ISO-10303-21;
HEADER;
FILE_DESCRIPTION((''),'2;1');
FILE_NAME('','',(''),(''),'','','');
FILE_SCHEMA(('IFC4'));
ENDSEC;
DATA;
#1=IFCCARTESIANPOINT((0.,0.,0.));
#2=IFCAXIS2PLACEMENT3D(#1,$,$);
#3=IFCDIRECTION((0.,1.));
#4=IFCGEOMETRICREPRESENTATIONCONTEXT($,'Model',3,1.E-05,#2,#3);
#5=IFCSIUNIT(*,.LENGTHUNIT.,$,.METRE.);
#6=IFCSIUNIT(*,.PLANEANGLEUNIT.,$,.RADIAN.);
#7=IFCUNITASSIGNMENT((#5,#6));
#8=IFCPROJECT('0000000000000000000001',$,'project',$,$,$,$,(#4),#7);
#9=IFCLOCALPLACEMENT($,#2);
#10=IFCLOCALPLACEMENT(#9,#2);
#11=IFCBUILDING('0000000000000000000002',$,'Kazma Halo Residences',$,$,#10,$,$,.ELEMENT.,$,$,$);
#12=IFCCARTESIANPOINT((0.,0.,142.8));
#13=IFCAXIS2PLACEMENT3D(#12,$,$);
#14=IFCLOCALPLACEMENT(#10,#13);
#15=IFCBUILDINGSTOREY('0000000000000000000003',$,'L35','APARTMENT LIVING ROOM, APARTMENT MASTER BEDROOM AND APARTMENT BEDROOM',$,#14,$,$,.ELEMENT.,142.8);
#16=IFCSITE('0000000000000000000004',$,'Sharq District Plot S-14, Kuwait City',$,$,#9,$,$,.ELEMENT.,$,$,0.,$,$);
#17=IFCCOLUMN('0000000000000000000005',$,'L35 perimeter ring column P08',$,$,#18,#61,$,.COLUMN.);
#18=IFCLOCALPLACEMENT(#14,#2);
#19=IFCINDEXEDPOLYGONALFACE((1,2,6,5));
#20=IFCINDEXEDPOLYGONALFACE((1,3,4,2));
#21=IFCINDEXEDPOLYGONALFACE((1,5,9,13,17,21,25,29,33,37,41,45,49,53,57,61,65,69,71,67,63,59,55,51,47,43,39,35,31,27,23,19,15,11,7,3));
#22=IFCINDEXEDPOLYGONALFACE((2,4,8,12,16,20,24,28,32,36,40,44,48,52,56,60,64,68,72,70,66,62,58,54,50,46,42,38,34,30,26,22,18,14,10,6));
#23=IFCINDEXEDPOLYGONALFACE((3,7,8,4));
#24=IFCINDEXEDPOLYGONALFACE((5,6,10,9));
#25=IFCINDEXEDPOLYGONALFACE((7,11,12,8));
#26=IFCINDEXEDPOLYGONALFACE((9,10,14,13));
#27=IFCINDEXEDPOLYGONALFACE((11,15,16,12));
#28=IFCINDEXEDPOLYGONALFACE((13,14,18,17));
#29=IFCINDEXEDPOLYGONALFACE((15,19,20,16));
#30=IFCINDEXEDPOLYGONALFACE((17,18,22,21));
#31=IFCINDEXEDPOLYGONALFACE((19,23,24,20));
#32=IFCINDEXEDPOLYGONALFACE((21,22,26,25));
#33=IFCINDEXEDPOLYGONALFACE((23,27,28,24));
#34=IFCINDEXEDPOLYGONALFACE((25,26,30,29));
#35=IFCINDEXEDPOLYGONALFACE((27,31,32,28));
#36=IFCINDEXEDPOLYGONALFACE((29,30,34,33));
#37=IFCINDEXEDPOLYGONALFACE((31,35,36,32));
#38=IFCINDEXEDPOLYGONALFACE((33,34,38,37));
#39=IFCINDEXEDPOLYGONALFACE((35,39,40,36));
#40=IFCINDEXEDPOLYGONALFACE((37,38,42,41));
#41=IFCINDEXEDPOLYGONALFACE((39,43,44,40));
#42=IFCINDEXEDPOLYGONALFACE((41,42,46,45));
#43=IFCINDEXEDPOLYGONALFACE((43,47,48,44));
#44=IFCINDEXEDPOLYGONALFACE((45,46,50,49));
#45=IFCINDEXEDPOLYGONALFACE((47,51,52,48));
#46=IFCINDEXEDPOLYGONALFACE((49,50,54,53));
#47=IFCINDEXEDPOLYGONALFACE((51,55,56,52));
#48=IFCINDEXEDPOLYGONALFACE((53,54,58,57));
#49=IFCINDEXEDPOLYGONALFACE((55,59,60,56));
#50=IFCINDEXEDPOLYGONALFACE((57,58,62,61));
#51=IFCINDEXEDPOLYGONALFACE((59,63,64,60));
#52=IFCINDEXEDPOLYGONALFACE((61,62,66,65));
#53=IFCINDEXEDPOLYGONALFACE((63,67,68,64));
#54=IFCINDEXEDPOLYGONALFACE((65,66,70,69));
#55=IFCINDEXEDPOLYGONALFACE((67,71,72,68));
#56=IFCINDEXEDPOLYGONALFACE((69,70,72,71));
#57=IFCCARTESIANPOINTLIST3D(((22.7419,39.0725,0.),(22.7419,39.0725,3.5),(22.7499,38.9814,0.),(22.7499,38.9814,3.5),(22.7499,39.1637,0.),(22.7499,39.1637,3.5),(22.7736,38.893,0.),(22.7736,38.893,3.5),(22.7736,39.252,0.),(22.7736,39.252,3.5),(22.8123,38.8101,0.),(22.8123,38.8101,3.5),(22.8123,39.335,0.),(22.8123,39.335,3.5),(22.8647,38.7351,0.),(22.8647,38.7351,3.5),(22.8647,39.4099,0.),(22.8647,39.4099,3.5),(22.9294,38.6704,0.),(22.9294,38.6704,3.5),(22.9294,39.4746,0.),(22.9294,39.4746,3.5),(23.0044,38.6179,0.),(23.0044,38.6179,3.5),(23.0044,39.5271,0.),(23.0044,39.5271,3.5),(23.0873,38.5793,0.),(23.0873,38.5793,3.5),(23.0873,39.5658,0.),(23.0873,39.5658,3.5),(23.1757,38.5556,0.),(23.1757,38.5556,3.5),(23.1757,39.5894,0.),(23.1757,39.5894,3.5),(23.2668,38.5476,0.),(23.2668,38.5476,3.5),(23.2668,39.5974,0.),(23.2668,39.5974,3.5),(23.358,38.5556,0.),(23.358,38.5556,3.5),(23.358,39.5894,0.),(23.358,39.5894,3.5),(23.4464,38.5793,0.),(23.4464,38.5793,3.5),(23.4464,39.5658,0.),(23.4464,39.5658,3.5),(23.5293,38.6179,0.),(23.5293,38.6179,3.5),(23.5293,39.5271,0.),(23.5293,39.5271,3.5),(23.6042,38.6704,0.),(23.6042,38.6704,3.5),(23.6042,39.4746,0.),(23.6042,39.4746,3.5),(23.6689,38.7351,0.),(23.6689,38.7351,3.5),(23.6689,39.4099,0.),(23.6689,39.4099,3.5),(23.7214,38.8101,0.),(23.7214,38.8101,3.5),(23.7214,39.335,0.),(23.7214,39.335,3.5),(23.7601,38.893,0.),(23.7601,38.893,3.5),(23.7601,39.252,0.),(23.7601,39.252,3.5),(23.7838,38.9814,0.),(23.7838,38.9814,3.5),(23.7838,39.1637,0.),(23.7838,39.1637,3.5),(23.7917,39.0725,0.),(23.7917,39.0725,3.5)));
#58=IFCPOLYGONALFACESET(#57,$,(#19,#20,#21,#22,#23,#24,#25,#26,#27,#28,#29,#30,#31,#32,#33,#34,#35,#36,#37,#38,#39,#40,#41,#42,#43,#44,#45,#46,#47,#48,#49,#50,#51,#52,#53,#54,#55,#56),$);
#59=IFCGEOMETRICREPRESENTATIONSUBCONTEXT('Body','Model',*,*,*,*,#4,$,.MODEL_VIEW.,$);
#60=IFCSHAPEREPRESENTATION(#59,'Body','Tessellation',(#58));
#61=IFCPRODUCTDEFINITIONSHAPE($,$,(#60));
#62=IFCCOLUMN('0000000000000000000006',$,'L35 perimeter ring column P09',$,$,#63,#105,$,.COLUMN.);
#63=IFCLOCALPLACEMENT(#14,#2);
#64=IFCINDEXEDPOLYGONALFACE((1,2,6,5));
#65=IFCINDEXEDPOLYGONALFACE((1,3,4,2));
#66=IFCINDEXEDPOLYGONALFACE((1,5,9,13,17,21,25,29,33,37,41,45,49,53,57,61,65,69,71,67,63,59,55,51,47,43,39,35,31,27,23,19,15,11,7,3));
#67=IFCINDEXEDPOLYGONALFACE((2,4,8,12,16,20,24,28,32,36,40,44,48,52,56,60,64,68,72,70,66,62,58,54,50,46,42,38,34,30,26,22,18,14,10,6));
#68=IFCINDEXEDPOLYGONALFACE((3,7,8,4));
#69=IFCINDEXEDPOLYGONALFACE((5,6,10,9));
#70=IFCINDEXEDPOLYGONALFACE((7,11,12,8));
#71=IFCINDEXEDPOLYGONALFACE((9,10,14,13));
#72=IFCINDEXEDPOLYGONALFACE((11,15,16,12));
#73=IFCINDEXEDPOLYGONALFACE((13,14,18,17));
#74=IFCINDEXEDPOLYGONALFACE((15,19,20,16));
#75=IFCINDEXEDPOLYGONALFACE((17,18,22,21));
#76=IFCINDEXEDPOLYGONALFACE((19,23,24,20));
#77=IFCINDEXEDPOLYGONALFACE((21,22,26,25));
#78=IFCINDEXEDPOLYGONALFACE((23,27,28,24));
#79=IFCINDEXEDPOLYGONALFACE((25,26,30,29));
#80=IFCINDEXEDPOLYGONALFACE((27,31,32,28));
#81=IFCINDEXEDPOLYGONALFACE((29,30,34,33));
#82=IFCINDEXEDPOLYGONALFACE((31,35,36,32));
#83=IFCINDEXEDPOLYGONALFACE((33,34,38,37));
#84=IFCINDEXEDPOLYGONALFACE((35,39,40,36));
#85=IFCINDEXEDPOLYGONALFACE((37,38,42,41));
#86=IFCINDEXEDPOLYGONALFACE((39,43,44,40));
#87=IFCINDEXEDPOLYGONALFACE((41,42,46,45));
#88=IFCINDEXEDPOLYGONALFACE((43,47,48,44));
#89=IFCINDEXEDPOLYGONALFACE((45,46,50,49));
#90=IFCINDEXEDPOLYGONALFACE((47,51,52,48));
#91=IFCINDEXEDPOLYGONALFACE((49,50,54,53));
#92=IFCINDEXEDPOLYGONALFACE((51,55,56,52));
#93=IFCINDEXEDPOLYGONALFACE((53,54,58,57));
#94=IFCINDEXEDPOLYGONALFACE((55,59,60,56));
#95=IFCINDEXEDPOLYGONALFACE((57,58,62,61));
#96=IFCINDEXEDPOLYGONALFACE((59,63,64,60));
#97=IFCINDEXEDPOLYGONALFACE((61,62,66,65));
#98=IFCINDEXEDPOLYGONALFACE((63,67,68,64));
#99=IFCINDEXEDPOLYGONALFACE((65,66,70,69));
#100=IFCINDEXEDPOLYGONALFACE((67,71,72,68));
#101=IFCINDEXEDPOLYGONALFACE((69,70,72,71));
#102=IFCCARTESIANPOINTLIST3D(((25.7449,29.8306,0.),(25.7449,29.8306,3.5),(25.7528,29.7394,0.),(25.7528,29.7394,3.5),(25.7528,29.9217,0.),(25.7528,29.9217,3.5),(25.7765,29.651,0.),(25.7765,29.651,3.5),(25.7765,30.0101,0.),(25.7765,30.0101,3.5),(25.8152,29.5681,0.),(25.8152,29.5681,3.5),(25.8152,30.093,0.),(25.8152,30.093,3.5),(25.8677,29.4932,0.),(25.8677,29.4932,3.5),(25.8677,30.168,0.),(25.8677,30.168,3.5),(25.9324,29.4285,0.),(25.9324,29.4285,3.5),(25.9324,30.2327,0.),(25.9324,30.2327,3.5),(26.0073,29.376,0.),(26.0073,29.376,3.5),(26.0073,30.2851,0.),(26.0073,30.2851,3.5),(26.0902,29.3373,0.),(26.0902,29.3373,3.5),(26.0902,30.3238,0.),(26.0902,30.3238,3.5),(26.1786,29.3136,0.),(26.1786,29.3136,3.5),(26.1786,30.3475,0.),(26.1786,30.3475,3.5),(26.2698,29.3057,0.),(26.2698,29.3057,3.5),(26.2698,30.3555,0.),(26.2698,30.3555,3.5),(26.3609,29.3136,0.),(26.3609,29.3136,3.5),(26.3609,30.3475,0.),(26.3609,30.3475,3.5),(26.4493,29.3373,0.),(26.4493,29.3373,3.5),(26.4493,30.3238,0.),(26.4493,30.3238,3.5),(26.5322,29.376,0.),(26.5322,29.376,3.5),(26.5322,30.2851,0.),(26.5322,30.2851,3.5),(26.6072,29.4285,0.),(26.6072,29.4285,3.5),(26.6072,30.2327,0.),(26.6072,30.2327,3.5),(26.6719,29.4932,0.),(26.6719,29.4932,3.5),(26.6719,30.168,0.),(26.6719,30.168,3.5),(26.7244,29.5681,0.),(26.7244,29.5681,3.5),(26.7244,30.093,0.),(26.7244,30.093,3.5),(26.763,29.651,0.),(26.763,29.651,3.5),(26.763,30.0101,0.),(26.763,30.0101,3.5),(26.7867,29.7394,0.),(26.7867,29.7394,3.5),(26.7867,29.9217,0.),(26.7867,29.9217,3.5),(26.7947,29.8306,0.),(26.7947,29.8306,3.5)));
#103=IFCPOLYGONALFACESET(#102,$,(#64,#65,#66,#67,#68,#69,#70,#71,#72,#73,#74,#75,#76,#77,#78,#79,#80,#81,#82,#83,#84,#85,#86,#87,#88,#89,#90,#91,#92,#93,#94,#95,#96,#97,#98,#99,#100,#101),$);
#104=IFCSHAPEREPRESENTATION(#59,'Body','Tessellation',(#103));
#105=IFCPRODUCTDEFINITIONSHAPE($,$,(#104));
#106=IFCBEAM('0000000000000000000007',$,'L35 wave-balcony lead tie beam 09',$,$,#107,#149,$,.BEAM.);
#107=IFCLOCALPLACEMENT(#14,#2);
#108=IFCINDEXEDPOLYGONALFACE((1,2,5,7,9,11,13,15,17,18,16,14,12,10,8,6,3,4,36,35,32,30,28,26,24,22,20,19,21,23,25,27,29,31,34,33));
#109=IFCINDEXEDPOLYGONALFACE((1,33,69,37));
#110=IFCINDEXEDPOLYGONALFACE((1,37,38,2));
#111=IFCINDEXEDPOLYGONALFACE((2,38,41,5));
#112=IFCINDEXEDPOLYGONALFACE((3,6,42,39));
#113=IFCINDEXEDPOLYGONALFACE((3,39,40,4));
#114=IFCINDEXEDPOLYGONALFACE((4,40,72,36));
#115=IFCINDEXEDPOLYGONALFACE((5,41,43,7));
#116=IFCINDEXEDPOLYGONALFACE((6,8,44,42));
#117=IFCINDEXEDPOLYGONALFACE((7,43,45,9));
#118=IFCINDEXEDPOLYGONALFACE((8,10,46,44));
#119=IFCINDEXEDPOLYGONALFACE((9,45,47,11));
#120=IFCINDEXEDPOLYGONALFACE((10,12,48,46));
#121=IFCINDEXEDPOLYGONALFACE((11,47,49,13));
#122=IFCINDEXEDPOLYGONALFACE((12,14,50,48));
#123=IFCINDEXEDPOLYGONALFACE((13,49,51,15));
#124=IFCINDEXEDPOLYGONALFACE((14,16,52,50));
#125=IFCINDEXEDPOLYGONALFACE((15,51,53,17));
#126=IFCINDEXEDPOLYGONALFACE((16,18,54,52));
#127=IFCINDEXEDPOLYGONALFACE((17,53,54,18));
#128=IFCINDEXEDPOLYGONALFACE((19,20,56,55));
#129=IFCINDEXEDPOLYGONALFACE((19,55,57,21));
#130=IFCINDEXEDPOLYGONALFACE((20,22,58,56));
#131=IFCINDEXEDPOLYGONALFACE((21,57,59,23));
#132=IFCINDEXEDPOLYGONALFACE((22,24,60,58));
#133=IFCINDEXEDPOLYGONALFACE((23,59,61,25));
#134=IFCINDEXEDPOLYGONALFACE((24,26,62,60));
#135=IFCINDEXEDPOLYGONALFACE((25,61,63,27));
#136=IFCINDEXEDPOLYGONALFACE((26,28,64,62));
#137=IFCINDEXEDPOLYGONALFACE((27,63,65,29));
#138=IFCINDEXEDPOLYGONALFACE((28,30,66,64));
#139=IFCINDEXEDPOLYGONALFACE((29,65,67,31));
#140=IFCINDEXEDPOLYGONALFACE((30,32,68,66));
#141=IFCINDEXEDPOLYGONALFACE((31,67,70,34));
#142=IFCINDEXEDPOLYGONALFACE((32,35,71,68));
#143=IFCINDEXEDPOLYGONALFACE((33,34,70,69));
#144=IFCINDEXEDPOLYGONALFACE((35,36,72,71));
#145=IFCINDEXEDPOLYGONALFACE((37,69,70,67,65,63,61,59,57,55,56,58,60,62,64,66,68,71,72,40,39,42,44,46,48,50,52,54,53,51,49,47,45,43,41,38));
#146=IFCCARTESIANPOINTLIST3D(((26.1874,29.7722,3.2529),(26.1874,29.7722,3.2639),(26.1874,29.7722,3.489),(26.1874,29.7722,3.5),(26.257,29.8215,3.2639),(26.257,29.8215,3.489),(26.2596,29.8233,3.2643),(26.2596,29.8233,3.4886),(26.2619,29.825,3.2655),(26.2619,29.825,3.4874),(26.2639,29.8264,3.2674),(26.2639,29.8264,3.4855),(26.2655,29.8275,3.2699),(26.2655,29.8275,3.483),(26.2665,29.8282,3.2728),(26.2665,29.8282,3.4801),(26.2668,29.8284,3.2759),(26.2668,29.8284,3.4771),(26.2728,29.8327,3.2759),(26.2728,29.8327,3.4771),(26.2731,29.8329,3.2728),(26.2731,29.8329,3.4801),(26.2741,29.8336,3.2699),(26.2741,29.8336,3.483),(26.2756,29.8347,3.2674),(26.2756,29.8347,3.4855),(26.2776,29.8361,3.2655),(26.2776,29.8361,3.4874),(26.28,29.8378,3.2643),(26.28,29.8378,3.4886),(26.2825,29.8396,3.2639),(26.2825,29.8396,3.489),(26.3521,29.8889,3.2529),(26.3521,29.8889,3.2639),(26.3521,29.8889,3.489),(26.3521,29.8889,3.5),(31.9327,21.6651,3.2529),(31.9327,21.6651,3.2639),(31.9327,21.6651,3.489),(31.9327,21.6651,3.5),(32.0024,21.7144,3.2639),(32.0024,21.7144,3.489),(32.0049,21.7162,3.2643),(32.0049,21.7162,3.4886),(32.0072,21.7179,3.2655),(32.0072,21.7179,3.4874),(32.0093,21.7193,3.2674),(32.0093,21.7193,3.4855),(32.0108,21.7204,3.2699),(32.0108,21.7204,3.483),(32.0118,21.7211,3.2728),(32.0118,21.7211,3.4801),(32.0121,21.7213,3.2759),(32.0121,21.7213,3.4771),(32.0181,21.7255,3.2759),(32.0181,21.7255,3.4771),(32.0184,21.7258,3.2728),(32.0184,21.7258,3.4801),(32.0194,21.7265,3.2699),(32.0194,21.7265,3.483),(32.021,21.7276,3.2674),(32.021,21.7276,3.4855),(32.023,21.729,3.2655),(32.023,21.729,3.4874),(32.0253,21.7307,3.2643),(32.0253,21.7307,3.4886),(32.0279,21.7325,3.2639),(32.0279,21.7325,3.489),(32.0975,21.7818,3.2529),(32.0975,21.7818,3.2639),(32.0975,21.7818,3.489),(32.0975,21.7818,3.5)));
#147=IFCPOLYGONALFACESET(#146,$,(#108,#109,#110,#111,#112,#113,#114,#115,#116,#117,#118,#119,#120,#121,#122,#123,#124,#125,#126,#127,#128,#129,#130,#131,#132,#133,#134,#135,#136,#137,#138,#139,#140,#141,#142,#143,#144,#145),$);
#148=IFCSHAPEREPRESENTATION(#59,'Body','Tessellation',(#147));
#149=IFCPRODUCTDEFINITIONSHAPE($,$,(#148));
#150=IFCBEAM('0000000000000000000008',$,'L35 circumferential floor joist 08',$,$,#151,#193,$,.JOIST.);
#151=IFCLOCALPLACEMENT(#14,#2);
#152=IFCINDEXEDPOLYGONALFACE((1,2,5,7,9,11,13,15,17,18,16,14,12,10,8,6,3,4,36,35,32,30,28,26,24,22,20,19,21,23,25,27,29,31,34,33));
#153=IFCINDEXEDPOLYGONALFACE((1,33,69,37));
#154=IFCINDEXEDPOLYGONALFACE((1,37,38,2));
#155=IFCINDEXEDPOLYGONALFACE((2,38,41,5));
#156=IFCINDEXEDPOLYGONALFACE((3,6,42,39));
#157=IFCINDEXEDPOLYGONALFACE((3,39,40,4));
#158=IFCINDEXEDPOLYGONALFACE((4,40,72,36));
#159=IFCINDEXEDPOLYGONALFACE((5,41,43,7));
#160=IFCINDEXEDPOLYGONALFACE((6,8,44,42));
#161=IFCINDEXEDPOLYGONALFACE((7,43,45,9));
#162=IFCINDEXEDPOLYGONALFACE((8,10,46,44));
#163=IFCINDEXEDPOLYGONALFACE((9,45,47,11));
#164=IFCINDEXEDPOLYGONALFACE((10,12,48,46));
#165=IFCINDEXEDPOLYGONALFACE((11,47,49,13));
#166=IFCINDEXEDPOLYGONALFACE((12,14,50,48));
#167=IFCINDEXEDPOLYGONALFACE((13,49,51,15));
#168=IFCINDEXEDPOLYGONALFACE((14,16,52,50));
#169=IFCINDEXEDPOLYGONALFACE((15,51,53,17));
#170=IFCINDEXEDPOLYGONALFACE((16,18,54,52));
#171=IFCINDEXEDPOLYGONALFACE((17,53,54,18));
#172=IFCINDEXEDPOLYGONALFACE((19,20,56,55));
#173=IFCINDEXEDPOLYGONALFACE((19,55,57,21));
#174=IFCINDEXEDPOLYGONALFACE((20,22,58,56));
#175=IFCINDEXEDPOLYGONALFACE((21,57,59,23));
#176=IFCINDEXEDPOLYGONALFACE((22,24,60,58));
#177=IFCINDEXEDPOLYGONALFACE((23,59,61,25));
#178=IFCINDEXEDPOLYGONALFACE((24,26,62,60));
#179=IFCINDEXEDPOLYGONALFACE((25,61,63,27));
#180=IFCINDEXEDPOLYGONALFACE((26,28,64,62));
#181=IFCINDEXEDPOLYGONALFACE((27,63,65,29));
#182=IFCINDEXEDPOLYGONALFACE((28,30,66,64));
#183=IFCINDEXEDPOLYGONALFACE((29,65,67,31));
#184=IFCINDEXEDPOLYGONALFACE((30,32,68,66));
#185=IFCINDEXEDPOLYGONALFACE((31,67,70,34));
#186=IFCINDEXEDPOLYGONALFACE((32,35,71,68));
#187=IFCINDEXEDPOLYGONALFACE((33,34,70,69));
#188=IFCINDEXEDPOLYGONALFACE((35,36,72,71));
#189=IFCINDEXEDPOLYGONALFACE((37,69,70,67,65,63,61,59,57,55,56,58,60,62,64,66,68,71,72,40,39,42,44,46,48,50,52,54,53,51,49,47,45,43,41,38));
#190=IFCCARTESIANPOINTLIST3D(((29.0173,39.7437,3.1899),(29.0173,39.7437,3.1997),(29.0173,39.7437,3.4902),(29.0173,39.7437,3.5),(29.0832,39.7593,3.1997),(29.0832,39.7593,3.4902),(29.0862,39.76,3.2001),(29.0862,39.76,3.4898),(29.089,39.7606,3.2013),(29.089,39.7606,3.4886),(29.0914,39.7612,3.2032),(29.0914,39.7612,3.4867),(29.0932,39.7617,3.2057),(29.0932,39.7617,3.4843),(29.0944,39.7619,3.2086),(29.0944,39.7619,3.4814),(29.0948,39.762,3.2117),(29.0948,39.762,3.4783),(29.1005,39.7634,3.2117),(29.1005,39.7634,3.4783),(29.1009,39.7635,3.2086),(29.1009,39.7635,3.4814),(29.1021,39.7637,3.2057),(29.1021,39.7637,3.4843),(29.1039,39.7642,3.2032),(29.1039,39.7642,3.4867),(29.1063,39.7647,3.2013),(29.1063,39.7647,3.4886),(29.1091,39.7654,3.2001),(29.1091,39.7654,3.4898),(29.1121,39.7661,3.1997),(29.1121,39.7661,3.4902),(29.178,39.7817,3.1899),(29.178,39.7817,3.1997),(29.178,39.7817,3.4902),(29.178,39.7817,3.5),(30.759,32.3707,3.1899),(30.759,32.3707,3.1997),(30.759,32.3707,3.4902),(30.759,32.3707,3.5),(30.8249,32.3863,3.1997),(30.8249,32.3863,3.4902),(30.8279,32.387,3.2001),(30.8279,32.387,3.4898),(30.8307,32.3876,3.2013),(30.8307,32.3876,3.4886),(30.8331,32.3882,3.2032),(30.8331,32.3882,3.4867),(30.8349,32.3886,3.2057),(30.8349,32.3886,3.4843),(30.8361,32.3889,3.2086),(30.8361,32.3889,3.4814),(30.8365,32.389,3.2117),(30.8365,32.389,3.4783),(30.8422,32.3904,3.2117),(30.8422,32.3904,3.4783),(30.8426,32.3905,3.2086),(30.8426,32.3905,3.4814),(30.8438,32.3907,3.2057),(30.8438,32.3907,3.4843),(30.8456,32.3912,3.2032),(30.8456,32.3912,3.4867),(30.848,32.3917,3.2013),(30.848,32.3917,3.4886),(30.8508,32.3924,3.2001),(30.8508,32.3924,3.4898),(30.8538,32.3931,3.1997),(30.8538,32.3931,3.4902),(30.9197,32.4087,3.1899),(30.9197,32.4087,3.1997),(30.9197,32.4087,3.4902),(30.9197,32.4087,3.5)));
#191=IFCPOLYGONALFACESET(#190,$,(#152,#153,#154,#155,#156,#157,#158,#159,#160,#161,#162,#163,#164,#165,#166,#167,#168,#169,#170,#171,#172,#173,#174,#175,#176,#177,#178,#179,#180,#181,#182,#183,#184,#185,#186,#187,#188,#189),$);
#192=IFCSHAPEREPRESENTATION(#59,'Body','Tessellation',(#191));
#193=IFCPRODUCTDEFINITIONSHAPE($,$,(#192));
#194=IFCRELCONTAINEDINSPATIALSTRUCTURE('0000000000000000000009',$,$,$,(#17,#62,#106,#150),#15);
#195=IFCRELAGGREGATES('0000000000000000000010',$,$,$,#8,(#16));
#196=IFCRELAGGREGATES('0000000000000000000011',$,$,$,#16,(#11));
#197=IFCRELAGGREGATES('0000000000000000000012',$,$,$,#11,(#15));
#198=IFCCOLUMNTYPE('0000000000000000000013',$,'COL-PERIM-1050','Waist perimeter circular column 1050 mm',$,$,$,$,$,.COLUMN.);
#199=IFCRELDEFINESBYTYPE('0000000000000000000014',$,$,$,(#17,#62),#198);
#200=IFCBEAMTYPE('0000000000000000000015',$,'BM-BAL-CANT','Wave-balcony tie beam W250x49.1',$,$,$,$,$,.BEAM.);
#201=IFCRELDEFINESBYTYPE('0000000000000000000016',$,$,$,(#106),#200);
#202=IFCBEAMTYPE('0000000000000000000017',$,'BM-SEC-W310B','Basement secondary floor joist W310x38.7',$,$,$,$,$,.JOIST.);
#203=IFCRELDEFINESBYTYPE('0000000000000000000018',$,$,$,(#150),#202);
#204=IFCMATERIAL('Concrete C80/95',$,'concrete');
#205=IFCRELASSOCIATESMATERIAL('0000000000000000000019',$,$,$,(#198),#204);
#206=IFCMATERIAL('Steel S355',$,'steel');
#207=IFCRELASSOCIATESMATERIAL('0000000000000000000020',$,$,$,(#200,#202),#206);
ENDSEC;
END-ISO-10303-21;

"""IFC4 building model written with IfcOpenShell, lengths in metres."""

from ifc_helpers import new_model, si_unit, direction, frame, origin, origin_2d, place, context, subcontext, project, spatial, circle, i_section, extrude, material, material_profile, profile_set, type_object, element, save


model = new_model("IFC4")

# Units and contexts
model_context = context("Model", 3, precision=1e-05, world=origin(), true_north=direction((0.0, 1.0)))
body_context = subcontext(model_context, "Body", "Model", "MODEL_VIEW")
ifc_project = project(units=[si_unit("LENGTHUNIT", "METRE"), si_unit("PLANEANGLEUNIT", "RADIAN")], contexts=[model_context])

# Site, building, storey
site_placement = place(None, origin())
site = spatial("IfcSite", under=ifc_project, at=site_placement, Name="Sharq District Plot S-14, Kuwait City", CompositionType="ELEMENT", RefElevation=0.0)
building_placement = place(site_placement, origin())
building = spatial("IfcBuilding", under=site, at=building_placement, Name="Kazma Halo Residences", CompositionType="ELEMENT")
storey_placement = place(building_placement, frame((0.0, 0.0, 142.8)))
storey = spatial("IfcBuildingStorey", under=building, at=storey_placement, Name="L35", Description="APARTMENT LIVING ROOM, APARTMENT MASTER BEDROOM AND APARTMENT BEDROOM", CompositionType="ELEMENT", Elevation=142.8)

# Columns
ifc_material_1 = material(Name="Concrete C80/95", Category="concrete")
ifc_material_profile_1 = material_profile(ifc_material_1, circle(Radius=0.5249, at=origin_2d()), Name="CIRC1050")
ifc_profile_set_1 = profile_set([ifc_material_profile_1], Name="Concrete C80/95")
column_type = type_object("IfcColumnType", Name="COL-PERIM-1050", Description="Waist perimeter circular column 1050 mm", PredefinedType="COLUMN", material=ifc_profile_set_1)
for number, where, z_axis, x_axis, name in (
    (1, (23.2668, 39.0725, 0.0), (0.0, 0.0, 1.0), (1.0, 0.0, 0.0), "L35 perimeter ring column P08"),
    (2, (26.2698, 29.8306, 0.0), (0.0, 0.0, 1.0), (1.0, 0.0, 0.0), "L35 perimeter ring column P09"),
):
    element("IfcColumn", number, at=place(storey_placement, frame(where, z_axis=z_axis, x_axis=x_axis)), inside=storey, type_object=column_type, Name=name, PredefinedType="COLUMN", context=body_context, shape_type="SweptSolid", body=[
        extrude(circle(Radius=0.5249, at=origin_2d()), origin(), (0.0, 0.0, 1.0), 3.5),
    ])

# Beams
ifc_material_2 = material(Name="Steel S355", Category="steel")
ifc_material_profile_2 = material_profile(ifc_material_2, i_section(OverallWidth=0.2019, OverallDepth=0.2471, WebThickness=0.0073, FlangeThickness=0.011, FilletRadius=0.012, at=origin_2d()), Name="W250x49.1")
ifc_profile_set_2 = profile_set([ifc_material_profile_2], Name="Steel S355")
beam_type_1 = type_object("IfcBeamType", Name="BM-BAL-CANT", Description="Wave-balcony tie beam W250x49.1", PredefinedType="BEAM", material=ifc_profile_set_2)
beam_1_placement = place(storey_placement, frame((26.2698, 29.8306, 3.3765), z_axis=(0.578203, -0.815893, 0.0), x_axis=(0.815893, 0.578203, 0.0)))
element("IfcBeam", 3, at=beam_1_placement, inside=storey, type_object=beam_type_1, Name="L35 wave-balcony lead tie beam 09", PredefinedType="BEAM", context=body_context, shape_type="SweptSolid", body=[
    extrude(i_section(OverallWidth=0.2019, OverallDepth=0.2471, WebThickness=0.0073, FlangeThickness=0.011, FilletRadius=0.012, at=origin_2d()), origin(), (0.0, 0.0, 1.0), 9.9365),
])
ifc_material_profile_3 = material_profile(ifc_material_2, i_section(OverallWidth=0.165, OverallDepth=0.3101, WebThickness=0.0059, FlangeThickness=0.0098, FilletRadius=0.012, at=origin_2d()), Name="W310x38.7")
ifc_profile_set_3 = profile_set([ifc_material_profile_3], Name="Steel S355")
beam_type_2 = type_object("IfcBeamType", Name="BM-SEC-W310B", Description="Basement secondary floor joist W310x38.7", PredefinedType="JOIST", material=ifc_profile_set_3)
beam_2_placement = place(storey_placement, frame((29.0977, 39.7627, 3.345), z_axis=(0.229898, -0.973215, 0.0), x_axis=(0.973215, 0.229898, 0.0)))
element("IfcBeam", 4, at=beam_2_placement, inside=storey, type_object=beam_type_2, Name="L35 circumferential floor joist 08", PredefinedType="JOIST", context=body_context, shape_type="SweptSolid", body=[
    extrude(i_section(OverallWidth=0.165, OverallDepth=0.3101, WebThickness=0.0059, FlangeThickness=0.0098, FilletRadius=0.012, at=origin_2d()), origin(), (0.0, 0.0, 1.0), 7.5759),
])

save(model, "model.ifc")
